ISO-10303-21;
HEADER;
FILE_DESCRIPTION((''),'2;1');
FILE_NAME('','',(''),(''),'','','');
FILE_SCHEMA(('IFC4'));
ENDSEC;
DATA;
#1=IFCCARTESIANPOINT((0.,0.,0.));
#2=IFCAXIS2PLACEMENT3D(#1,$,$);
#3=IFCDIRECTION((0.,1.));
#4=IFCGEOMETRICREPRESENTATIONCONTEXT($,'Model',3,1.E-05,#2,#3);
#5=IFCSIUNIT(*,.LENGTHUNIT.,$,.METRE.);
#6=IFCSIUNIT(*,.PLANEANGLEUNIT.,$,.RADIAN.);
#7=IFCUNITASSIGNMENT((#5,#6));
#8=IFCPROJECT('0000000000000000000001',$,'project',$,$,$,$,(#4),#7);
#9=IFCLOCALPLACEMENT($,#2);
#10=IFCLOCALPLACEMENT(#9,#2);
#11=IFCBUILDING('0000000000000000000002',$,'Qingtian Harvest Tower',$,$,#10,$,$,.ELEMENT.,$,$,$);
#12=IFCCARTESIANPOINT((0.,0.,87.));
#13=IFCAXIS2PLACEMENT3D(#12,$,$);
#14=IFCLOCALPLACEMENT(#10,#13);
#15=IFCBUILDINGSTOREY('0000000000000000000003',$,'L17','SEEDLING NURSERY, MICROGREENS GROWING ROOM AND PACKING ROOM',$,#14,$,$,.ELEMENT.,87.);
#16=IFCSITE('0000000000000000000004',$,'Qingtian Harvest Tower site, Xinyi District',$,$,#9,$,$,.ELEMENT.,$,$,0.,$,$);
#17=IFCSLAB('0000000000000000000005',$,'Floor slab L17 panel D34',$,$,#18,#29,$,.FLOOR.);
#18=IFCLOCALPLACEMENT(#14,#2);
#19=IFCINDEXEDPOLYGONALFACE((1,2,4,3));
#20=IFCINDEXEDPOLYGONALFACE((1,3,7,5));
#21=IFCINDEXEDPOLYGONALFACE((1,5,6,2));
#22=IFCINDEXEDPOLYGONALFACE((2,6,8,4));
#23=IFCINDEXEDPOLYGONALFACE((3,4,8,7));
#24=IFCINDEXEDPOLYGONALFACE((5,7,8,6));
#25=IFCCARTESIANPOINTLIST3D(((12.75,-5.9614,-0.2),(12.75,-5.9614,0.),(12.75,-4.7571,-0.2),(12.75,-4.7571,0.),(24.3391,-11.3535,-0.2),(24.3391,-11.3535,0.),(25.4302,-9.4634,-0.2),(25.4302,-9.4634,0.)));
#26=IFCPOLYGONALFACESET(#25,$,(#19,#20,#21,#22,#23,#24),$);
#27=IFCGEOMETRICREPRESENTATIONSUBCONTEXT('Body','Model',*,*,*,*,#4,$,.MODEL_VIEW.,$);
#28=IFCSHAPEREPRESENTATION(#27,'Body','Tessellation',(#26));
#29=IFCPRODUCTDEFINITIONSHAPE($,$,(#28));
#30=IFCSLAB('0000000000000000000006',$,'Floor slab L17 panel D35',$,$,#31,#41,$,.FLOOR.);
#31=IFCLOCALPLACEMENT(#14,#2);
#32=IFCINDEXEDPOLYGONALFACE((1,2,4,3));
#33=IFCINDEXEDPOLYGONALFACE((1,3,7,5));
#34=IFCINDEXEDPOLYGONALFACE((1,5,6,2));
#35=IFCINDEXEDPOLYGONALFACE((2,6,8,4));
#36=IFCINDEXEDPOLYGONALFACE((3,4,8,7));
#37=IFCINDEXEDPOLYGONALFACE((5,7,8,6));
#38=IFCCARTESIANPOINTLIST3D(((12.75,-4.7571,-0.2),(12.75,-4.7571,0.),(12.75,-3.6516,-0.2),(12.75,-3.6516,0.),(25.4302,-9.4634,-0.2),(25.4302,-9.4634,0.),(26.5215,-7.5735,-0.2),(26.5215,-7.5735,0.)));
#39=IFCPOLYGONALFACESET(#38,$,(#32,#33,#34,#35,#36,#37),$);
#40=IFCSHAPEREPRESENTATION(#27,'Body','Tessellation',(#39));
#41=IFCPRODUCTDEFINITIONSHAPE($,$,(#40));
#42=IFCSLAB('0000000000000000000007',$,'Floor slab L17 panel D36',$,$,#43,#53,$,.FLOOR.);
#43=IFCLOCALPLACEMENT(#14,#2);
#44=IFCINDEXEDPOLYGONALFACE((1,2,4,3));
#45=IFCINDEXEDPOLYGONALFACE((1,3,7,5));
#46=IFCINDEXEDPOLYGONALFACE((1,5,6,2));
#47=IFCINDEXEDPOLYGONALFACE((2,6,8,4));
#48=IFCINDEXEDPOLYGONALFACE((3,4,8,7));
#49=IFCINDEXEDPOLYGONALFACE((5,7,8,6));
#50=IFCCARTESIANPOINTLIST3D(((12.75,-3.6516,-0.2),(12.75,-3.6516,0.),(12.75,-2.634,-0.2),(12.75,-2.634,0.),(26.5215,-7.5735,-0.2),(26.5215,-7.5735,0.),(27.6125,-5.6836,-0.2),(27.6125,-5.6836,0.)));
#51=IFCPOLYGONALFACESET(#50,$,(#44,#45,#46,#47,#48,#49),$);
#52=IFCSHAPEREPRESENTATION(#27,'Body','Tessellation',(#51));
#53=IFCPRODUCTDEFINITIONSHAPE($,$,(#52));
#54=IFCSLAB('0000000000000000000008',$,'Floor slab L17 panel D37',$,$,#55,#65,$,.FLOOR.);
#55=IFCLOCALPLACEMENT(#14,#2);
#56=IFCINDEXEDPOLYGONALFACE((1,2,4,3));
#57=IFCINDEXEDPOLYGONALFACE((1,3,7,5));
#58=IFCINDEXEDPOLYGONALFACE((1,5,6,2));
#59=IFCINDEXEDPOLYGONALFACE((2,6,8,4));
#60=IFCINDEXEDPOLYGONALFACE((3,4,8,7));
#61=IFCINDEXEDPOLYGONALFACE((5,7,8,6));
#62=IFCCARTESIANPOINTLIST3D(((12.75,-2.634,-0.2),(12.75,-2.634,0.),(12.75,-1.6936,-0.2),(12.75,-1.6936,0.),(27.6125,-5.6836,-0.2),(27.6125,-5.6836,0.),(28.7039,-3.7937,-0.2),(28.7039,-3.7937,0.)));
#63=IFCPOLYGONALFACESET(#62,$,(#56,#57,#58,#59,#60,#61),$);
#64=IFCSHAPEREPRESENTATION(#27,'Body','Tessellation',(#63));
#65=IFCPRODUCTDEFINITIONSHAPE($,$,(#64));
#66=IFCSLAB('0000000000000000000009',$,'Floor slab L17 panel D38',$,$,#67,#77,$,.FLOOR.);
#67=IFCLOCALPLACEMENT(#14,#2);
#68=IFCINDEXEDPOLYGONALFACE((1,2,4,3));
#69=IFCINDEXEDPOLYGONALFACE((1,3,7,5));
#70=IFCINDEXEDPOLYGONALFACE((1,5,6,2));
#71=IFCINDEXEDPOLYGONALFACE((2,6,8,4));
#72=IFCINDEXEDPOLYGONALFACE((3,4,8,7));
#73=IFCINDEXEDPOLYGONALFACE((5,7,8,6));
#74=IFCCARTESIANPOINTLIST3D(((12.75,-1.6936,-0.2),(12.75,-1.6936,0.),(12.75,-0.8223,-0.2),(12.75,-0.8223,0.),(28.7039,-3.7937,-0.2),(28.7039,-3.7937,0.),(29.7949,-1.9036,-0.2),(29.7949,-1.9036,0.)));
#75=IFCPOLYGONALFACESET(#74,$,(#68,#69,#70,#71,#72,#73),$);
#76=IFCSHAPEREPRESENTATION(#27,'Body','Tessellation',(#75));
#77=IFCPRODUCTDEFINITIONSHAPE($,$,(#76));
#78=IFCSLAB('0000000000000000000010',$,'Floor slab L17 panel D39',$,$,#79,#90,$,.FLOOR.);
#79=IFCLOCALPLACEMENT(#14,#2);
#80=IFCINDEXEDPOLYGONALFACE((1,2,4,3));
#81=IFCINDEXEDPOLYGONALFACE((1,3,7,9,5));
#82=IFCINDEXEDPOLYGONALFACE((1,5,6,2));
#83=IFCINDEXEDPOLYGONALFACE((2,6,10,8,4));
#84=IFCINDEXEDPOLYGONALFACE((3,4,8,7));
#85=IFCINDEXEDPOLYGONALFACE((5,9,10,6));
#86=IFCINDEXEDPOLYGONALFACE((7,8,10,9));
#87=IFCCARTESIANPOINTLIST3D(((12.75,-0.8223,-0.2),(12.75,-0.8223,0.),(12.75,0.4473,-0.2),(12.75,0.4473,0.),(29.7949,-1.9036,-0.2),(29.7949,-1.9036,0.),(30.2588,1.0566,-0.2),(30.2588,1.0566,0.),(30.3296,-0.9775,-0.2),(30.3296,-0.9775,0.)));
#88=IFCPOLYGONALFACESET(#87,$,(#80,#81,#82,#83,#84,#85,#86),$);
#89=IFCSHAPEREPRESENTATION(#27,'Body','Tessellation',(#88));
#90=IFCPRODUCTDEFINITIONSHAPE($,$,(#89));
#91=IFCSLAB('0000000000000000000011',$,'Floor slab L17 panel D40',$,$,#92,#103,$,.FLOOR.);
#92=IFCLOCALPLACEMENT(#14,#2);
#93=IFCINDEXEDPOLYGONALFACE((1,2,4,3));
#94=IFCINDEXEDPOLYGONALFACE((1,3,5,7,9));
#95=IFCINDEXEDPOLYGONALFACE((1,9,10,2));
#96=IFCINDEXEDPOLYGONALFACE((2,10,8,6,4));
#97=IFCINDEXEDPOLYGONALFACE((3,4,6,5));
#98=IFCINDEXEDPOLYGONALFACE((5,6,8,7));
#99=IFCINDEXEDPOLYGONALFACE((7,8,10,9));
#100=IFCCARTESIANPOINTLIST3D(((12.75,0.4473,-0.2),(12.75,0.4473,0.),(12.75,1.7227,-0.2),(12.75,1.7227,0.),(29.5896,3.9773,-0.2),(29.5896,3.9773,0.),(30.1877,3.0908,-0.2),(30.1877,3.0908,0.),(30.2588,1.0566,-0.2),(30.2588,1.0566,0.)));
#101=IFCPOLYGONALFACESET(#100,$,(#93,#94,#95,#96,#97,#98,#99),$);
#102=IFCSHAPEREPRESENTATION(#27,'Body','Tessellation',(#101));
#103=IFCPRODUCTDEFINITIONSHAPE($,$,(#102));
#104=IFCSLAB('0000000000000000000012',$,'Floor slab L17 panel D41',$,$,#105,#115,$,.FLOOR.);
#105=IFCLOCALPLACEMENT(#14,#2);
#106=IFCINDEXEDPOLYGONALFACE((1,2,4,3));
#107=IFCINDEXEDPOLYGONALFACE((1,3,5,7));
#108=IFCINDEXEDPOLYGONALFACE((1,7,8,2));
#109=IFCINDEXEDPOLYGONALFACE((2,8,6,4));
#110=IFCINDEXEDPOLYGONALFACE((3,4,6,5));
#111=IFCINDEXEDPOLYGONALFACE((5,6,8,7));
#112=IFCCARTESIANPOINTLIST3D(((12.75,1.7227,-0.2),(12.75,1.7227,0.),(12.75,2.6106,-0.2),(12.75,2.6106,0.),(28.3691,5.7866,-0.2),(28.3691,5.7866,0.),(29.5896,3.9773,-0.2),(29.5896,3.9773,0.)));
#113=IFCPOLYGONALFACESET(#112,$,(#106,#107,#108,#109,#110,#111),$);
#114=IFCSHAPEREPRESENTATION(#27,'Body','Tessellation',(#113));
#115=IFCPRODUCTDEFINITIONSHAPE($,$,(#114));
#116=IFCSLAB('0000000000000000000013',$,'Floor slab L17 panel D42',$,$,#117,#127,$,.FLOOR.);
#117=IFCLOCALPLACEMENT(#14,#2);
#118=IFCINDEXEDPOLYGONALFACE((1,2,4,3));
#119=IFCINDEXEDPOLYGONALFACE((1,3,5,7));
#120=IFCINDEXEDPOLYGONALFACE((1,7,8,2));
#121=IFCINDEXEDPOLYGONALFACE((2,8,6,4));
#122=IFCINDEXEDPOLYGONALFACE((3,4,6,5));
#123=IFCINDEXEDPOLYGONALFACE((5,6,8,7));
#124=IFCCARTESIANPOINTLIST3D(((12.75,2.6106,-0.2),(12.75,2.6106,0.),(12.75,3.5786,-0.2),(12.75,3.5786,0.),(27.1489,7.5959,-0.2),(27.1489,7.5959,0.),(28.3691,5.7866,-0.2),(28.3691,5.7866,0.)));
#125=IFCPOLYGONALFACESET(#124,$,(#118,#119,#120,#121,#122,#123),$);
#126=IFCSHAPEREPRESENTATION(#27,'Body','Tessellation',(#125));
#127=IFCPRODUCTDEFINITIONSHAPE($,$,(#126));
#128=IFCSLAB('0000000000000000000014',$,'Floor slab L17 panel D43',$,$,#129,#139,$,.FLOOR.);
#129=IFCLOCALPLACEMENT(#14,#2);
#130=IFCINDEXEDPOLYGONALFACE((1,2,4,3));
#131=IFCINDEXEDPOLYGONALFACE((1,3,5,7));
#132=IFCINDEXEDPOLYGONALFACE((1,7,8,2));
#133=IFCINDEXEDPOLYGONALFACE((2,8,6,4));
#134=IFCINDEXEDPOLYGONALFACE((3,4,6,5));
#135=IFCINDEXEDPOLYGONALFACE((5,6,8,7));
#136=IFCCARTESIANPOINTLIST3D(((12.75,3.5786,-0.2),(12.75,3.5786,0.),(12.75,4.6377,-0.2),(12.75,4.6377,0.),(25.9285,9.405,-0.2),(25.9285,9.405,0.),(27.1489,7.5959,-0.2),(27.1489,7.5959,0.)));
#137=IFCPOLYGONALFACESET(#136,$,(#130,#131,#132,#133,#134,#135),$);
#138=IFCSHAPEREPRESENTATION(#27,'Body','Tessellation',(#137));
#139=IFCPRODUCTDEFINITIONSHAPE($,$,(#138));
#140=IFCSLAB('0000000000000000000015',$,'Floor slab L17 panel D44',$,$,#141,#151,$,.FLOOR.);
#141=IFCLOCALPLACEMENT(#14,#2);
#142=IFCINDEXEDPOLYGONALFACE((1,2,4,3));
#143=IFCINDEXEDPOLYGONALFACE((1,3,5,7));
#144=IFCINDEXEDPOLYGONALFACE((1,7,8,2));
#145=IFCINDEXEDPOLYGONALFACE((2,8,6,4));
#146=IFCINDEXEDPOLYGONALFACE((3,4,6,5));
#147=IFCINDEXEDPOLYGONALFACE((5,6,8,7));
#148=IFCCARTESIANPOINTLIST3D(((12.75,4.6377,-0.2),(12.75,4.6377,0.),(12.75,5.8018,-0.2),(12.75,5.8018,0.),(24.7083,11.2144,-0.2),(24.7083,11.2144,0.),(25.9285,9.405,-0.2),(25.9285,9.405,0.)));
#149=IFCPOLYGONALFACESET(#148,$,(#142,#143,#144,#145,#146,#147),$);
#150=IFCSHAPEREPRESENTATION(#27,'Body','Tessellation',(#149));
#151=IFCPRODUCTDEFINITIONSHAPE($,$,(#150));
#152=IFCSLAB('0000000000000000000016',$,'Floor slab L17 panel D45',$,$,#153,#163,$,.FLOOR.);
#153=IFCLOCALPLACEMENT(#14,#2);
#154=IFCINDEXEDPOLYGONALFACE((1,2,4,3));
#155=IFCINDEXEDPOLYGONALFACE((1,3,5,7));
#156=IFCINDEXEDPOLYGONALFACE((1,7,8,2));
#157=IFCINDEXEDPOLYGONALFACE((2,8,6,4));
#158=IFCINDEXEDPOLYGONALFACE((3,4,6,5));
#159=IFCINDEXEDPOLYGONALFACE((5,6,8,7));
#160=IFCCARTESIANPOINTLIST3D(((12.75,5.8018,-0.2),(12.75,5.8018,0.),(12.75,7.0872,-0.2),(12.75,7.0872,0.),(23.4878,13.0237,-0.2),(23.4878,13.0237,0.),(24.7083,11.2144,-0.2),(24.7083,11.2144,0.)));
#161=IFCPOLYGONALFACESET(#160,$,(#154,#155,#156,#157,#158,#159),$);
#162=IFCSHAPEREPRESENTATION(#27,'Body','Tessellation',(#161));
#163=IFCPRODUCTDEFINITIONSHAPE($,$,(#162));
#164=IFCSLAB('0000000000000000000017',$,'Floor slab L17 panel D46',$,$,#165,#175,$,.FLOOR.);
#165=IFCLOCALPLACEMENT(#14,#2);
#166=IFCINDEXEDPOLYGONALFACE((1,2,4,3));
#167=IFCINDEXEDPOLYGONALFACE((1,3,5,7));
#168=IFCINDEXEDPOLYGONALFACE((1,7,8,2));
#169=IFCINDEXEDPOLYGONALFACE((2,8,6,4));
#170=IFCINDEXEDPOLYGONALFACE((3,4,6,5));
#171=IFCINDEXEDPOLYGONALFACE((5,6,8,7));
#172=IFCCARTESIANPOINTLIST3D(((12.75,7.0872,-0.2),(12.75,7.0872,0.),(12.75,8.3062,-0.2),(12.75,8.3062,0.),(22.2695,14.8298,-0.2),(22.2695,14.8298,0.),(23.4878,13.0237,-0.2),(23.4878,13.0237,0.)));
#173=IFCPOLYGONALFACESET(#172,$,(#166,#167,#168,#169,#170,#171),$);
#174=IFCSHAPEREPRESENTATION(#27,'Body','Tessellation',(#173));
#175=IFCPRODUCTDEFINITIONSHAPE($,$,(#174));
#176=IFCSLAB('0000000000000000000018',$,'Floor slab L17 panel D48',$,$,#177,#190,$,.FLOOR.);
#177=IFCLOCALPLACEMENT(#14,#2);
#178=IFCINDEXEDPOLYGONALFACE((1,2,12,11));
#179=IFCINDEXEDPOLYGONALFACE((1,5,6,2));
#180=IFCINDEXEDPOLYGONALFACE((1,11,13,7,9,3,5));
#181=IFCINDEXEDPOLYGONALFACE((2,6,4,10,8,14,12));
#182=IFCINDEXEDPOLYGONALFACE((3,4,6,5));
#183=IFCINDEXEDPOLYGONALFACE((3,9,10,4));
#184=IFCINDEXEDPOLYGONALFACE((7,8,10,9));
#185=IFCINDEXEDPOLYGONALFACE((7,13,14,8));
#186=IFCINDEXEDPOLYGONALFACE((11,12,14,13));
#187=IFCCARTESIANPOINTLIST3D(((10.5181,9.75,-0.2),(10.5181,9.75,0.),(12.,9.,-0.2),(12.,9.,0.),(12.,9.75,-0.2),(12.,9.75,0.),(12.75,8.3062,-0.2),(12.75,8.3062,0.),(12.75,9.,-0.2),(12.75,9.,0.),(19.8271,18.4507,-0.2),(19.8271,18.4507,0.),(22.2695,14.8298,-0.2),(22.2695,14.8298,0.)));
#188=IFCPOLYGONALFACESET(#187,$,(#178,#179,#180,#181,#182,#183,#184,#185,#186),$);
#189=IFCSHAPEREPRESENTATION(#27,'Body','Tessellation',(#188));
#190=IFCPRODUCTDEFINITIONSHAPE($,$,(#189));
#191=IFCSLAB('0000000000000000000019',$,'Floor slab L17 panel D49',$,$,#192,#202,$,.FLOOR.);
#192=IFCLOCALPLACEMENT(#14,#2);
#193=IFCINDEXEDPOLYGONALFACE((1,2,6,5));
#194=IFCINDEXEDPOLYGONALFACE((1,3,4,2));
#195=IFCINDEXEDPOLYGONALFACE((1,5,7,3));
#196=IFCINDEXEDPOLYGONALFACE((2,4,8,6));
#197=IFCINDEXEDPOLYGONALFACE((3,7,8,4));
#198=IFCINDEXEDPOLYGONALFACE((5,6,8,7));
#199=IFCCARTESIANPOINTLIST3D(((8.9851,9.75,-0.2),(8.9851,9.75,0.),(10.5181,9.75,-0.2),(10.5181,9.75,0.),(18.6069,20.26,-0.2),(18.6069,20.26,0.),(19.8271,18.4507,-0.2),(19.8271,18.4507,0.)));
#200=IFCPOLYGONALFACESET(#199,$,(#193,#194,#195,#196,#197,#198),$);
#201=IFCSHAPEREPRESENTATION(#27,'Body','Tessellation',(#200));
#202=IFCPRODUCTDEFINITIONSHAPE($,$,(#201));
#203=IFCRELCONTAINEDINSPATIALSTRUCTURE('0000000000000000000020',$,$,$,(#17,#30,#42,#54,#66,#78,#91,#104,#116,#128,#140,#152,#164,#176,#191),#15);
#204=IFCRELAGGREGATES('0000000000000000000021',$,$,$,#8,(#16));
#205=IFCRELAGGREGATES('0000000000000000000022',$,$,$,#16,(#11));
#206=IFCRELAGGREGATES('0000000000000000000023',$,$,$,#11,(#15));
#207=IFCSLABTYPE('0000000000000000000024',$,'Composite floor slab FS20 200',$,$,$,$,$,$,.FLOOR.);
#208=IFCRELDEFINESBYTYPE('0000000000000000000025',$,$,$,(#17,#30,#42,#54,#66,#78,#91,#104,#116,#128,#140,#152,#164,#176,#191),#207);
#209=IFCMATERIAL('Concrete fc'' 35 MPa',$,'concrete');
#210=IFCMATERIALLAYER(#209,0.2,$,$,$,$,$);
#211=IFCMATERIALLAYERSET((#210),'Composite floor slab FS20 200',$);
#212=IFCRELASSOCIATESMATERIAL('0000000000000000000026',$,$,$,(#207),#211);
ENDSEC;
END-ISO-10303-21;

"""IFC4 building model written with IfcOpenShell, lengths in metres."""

from ifc_helpers import new_model, si_unit, direction, frame, origin, place, context, subcontext, project, spatial, polyline, outline, extrude, material, layer, layer_set, type_object, element, save


model = new_model("IFC4")

# Units and contexts
model_context = context("Model", 3, precision=1e-05, world=origin(), true_north=direction((0.0, 1.0)))
body_context = subcontext(model_context, "Body", "Model", "MODEL_VIEW")
ifc_project = project(units=[si_unit("LENGTHUNIT", "METRE"), si_unit("PLANEANGLEUNIT", "RADIAN")], contexts=[model_context])

# Site, building, storey
site_placement = place(None, origin())
site = spatial("IfcSite", under=ifc_project, at=site_placement, Name="Qingtian Harvest Tower site, Xinyi District", CompositionType="ELEMENT", RefElevation=0.0)
building_placement = place(site_placement, origin())
building = spatial("IfcBuilding", under=site, at=building_placement, Name="Qingtian Harvest Tower", CompositionType="ELEMENT")
storey_placement = place(building_placement, frame((0.0, 0.0, 87.0)))
storey = spatial("IfcBuildingStorey", under=building, at=storey_placement, Name="L17", Description="SEEDLING NURSERY, MICROGREENS GROWING ROOM AND PACKING ROOM", CompositionType="ELEMENT", Elevation=87.0)

# Slabs
ifc_material_1 = material(Name="Concrete fc' 35 MPa", Category="concrete")
ifc_layer_1 = layer(ifc_material_1, 0.2)
ifc_layer_set_1 = layer_set([ifc_layer_1], Name="Composite floor slab FS20 200")
slab_type = type_object("IfcSlabType", Name="Composite floor slab FS20 200", PredefinedType="FLOOR", material=ifc_layer_set_1)
slab_1_placement = place(storey_placement, frame((0.0, 0.0, -0.2)))
element("IfcSlab", 1, at=slab_1_placement, inside=storey, type_object=slab_type, Name="Floor slab L17 panel D34", PredefinedType="FLOOR", context=body_context, shape_type="SweptSolid", body=[
    extrude(outline(polyline([(12.75, -4.7571), (25.4302, -9.4634), (24.3391, -11.3535), (12.75, -5.9614), (12.75, -4.7571)])), origin(), (0.0, 0.0, 1.0), 0.2),
])
slab_2_placement = place(storey_placement, frame((0.0, 0.0, -0.2)))
element("IfcSlab", 2, at=slab_2_placement, inside=storey, type_object=slab_type, Name="Floor slab L17 panel D35", PredefinedType="FLOOR", context=body_context, shape_type="SweptSolid", body=[
    extrude(outline(polyline([(12.75, -3.6516), (26.5215, -7.5735), (25.4302, -9.4634), (12.75, -4.7571), (12.75, -3.6516)])), origin(), (0.0, 0.0, 1.0), 0.2),
])
slab_3_placement = place(storey_placement, frame((0.0, 0.0, -0.2)))
element("IfcSlab", 3, at=slab_3_placement, inside=storey, type_object=slab_type, Name="Floor slab L17 panel D36", PredefinedType="FLOOR", context=body_context, shape_type="SweptSolid", body=[
    extrude(outline(polyline([(12.75, -2.634), (27.6125, -5.6836), (26.5215, -7.5735), (12.75, -3.6516), (12.75, -2.634)])), origin(), (0.0, 0.0, 1.0), 0.2),
])
slab_4_placement = place(storey_placement, frame((0.0, 0.0, -0.2)))
element("IfcSlab", 4, at=slab_4_placement, inside=storey, type_object=slab_type, Name="Floor slab L17 panel D37", PredefinedType="FLOOR", context=body_context, shape_type="SweptSolid", body=[
    extrude(outline(polyline([(12.75, -1.6936), (28.7039, -3.7937), (27.6125, -5.6836), (12.75, -2.634), (12.75, -1.6936)])), origin(), (0.0, 0.0, 1.0), 0.2),
])
slab_5_placement = place(storey_placement, frame((0.0, 0.0, -0.2)))
element("IfcSlab", 5, at=slab_5_placement, inside=storey, type_object=slab_type, Name="Floor slab L17 panel D38", PredefinedType="FLOOR", context=body_context, shape_type="SweptSolid", body=[
    extrude(outline(polyline([(12.75, -0.8223), (29.7949, -1.9036), (28.7039, -3.7937), (12.75, -1.6936), (12.75, -0.8223)])), origin(), (0.0, 0.0, 1.0), 0.2),
])
slab_6_placement = place(storey_placement, frame((0.0, 0.0, -0.2)))
element("IfcSlab", 6, at=slab_6_placement, inside=storey, type_object=slab_type, Name="Floor slab L17 panel D39", PredefinedType="FLOOR", context=body_context, shape_type="SweptSolid", body=[
    extrude(outline(polyline([(12.75, -0.8223), (12.75, 0.4473), (30.2588, 1.0566), (30.3296, -0.9775), (29.7949, -1.9036), (12.75, -0.8223)])), origin(), (0.0, 0.0, 1.0), 0.2),
])
slab_7_placement = place(storey_placement, frame((0.0, 0.0, -0.2)))
element("IfcSlab", 7, at=slab_7_placement, inside=storey, type_object=slab_type, Name="Floor slab L17 panel D40", PredefinedType="FLOOR", context=body_context, shape_type="SweptSolid", body=[
    extrude(outline(polyline([(12.75, 0.4473), (12.75, 1.7227), (29.5896, 3.9773), (30.1877, 3.0908), (30.2588, 1.0566), (12.75, 0.4473)])), origin(), (0.0, 0.0, 1.0), 0.2),
])
slab_8_placement = place(storey_placement, frame((0.0, 0.0, -0.2)))
element("IfcSlab", 8, at=slab_8_placement, inside=storey, type_object=slab_type, Name="Floor slab L17 panel D41", PredefinedType="FLOOR", context=body_context, shape_type="SweptSolid", body=[
    extrude(outline(polyline([(12.75, 2.6106), (28.3691, 5.7866), (29.5896, 3.9773), (12.75, 1.7227), (12.75, 2.6106)])), origin(), (0.0, 0.0, 1.0), 0.2),
])
slab_9_placement = place(storey_placement, frame((0.0, 0.0, -0.2)))
element("IfcSlab", 9, at=slab_9_placement, inside=storey, type_object=slab_type, Name="Floor slab L17 panel D42", PredefinedType="FLOOR", context=body_context, shape_type="SweptSolid", body=[
    extrude(outline(polyline([(12.75, 3.5786), (27.1489, 7.5959), (28.3691, 5.7866), (12.75, 2.6106), (12.75, 3.5786)])), origin(), (0.0, 0.0, 1.0), 0.2),
])
slab_10_placement = place(storey_placement, frame((0.0, 0.0, -0.2)))
element("IfcSlab", 10, at=slab_10_placement, inside=storey, type_object=slab_type, Name="Floor slab L17 panel D43", PredefinedType="FLOOR", context=body_context, shape_type="SweptSolid", body=[
    extrude(outline(polyline([(12.75, 4.6377), (25.9285, 9.405), (27.1489, 7.5959), (12.75, 3.5786), (12.75, 4.6377)])), origin(), (0.0, 0.0, 1.0), 0.2),
])
slab_11_placement = place(storey_placement, frame((0.0, 0.0, -0.2)))
element("IfcSlab", 11, at=slab_11_placement, inside=storey, type_object=slab_type, Name="Floor slab L17 panel D44", PredefinedType="FLOOR", context=body_context, shape_type="SweptSolid", body=[
    extrude(outline(polyline([(12.75, 5.8018), (24.7083, 11.2144), (25.9285, 9.405), (12.75, 4.6377), (12.75, 5.8018)])), origin(), (0.0, 0.0, 1.0), 0.2),
])
slab_12_placement = place(storey_placement, frame((0.0, 0.0, -0.2)))
element("IfcSlab", 12, at=slab_12_placement, inside=storey, type_object=slab_type, Name="Floor slab L17 panel D45", PredefinedType="FLOOR", context=body_context, shape_type="SweptSolid", body=[
    extrude(outline(polyline([(12.75, 7.0872), (23.4878, 13.0237), (24.7083, 11.2144), (12.75, 5.8018), (12.75, 7.0872)])), origin(), (0.0, 0.0, 1.0), 0.2),
])
slab_13_placement = place(storey_placement, frame((0.0, 0.0, -0.2)))
element("IfcSlab", 13, at=slab_13_placement, inside=storey, type_object=slab_type, Name="Floor slab L17 panel D46", PredefinedType="FLOOR", context=body_context, shape_type="SweptSolid", body=[
    extrude(outline(polyline([(12.75, 8.3062), (22.2695, 14.8298), (23.4878, 13.0237), (12.75, 7.0872), (12.75, 8.3062)])), origin(), (0.0, 0.0, 1.0), 0.2),
])
slab_14_placement = place(storey_placement, frame((0.0, 0.0, -0.2)))
element("IfcSlab", 14, at=slab_14_placement, inside=storey, type_object=slab_type, Name="Floor slab L17 panel D48", PredefinedType="FLOOR", context=body_context, shape_type="SweptSolid", body=[
    extrude(outline(polyline([(19.8271, 18.4507), (22.2695, 14.8298), (12.75, 8.3062), (12.75, 9.0), (12.0, 9.0), (12.0, 9.75), (10.5181, 9.75), (19.8271, 18.4507)])), origin(), (0.0, 0.0, 1.0), 0.2),
])
slab_15_placement = place(storey_placement, frame((0.0, 0.0, -0.2)))
element("IfcSlab", 15, at=slab_15_placement, inside=storey, type_object=slab_type, Name="Floor slab L17 panel D49", PredefinedType="FLOOR", context=body_context, shape_type="SweptSolid", body=[
    extrude(outline(polyline([(8.9851, 9.75), (18.6069, 20.26), (19.8271, 18.4507), (10.5181, 9.75), (8.9851, 9.75)])), origin(), (0.0, 0.0, 1.0), 0.2),
])

save(model, "model.ifc")
